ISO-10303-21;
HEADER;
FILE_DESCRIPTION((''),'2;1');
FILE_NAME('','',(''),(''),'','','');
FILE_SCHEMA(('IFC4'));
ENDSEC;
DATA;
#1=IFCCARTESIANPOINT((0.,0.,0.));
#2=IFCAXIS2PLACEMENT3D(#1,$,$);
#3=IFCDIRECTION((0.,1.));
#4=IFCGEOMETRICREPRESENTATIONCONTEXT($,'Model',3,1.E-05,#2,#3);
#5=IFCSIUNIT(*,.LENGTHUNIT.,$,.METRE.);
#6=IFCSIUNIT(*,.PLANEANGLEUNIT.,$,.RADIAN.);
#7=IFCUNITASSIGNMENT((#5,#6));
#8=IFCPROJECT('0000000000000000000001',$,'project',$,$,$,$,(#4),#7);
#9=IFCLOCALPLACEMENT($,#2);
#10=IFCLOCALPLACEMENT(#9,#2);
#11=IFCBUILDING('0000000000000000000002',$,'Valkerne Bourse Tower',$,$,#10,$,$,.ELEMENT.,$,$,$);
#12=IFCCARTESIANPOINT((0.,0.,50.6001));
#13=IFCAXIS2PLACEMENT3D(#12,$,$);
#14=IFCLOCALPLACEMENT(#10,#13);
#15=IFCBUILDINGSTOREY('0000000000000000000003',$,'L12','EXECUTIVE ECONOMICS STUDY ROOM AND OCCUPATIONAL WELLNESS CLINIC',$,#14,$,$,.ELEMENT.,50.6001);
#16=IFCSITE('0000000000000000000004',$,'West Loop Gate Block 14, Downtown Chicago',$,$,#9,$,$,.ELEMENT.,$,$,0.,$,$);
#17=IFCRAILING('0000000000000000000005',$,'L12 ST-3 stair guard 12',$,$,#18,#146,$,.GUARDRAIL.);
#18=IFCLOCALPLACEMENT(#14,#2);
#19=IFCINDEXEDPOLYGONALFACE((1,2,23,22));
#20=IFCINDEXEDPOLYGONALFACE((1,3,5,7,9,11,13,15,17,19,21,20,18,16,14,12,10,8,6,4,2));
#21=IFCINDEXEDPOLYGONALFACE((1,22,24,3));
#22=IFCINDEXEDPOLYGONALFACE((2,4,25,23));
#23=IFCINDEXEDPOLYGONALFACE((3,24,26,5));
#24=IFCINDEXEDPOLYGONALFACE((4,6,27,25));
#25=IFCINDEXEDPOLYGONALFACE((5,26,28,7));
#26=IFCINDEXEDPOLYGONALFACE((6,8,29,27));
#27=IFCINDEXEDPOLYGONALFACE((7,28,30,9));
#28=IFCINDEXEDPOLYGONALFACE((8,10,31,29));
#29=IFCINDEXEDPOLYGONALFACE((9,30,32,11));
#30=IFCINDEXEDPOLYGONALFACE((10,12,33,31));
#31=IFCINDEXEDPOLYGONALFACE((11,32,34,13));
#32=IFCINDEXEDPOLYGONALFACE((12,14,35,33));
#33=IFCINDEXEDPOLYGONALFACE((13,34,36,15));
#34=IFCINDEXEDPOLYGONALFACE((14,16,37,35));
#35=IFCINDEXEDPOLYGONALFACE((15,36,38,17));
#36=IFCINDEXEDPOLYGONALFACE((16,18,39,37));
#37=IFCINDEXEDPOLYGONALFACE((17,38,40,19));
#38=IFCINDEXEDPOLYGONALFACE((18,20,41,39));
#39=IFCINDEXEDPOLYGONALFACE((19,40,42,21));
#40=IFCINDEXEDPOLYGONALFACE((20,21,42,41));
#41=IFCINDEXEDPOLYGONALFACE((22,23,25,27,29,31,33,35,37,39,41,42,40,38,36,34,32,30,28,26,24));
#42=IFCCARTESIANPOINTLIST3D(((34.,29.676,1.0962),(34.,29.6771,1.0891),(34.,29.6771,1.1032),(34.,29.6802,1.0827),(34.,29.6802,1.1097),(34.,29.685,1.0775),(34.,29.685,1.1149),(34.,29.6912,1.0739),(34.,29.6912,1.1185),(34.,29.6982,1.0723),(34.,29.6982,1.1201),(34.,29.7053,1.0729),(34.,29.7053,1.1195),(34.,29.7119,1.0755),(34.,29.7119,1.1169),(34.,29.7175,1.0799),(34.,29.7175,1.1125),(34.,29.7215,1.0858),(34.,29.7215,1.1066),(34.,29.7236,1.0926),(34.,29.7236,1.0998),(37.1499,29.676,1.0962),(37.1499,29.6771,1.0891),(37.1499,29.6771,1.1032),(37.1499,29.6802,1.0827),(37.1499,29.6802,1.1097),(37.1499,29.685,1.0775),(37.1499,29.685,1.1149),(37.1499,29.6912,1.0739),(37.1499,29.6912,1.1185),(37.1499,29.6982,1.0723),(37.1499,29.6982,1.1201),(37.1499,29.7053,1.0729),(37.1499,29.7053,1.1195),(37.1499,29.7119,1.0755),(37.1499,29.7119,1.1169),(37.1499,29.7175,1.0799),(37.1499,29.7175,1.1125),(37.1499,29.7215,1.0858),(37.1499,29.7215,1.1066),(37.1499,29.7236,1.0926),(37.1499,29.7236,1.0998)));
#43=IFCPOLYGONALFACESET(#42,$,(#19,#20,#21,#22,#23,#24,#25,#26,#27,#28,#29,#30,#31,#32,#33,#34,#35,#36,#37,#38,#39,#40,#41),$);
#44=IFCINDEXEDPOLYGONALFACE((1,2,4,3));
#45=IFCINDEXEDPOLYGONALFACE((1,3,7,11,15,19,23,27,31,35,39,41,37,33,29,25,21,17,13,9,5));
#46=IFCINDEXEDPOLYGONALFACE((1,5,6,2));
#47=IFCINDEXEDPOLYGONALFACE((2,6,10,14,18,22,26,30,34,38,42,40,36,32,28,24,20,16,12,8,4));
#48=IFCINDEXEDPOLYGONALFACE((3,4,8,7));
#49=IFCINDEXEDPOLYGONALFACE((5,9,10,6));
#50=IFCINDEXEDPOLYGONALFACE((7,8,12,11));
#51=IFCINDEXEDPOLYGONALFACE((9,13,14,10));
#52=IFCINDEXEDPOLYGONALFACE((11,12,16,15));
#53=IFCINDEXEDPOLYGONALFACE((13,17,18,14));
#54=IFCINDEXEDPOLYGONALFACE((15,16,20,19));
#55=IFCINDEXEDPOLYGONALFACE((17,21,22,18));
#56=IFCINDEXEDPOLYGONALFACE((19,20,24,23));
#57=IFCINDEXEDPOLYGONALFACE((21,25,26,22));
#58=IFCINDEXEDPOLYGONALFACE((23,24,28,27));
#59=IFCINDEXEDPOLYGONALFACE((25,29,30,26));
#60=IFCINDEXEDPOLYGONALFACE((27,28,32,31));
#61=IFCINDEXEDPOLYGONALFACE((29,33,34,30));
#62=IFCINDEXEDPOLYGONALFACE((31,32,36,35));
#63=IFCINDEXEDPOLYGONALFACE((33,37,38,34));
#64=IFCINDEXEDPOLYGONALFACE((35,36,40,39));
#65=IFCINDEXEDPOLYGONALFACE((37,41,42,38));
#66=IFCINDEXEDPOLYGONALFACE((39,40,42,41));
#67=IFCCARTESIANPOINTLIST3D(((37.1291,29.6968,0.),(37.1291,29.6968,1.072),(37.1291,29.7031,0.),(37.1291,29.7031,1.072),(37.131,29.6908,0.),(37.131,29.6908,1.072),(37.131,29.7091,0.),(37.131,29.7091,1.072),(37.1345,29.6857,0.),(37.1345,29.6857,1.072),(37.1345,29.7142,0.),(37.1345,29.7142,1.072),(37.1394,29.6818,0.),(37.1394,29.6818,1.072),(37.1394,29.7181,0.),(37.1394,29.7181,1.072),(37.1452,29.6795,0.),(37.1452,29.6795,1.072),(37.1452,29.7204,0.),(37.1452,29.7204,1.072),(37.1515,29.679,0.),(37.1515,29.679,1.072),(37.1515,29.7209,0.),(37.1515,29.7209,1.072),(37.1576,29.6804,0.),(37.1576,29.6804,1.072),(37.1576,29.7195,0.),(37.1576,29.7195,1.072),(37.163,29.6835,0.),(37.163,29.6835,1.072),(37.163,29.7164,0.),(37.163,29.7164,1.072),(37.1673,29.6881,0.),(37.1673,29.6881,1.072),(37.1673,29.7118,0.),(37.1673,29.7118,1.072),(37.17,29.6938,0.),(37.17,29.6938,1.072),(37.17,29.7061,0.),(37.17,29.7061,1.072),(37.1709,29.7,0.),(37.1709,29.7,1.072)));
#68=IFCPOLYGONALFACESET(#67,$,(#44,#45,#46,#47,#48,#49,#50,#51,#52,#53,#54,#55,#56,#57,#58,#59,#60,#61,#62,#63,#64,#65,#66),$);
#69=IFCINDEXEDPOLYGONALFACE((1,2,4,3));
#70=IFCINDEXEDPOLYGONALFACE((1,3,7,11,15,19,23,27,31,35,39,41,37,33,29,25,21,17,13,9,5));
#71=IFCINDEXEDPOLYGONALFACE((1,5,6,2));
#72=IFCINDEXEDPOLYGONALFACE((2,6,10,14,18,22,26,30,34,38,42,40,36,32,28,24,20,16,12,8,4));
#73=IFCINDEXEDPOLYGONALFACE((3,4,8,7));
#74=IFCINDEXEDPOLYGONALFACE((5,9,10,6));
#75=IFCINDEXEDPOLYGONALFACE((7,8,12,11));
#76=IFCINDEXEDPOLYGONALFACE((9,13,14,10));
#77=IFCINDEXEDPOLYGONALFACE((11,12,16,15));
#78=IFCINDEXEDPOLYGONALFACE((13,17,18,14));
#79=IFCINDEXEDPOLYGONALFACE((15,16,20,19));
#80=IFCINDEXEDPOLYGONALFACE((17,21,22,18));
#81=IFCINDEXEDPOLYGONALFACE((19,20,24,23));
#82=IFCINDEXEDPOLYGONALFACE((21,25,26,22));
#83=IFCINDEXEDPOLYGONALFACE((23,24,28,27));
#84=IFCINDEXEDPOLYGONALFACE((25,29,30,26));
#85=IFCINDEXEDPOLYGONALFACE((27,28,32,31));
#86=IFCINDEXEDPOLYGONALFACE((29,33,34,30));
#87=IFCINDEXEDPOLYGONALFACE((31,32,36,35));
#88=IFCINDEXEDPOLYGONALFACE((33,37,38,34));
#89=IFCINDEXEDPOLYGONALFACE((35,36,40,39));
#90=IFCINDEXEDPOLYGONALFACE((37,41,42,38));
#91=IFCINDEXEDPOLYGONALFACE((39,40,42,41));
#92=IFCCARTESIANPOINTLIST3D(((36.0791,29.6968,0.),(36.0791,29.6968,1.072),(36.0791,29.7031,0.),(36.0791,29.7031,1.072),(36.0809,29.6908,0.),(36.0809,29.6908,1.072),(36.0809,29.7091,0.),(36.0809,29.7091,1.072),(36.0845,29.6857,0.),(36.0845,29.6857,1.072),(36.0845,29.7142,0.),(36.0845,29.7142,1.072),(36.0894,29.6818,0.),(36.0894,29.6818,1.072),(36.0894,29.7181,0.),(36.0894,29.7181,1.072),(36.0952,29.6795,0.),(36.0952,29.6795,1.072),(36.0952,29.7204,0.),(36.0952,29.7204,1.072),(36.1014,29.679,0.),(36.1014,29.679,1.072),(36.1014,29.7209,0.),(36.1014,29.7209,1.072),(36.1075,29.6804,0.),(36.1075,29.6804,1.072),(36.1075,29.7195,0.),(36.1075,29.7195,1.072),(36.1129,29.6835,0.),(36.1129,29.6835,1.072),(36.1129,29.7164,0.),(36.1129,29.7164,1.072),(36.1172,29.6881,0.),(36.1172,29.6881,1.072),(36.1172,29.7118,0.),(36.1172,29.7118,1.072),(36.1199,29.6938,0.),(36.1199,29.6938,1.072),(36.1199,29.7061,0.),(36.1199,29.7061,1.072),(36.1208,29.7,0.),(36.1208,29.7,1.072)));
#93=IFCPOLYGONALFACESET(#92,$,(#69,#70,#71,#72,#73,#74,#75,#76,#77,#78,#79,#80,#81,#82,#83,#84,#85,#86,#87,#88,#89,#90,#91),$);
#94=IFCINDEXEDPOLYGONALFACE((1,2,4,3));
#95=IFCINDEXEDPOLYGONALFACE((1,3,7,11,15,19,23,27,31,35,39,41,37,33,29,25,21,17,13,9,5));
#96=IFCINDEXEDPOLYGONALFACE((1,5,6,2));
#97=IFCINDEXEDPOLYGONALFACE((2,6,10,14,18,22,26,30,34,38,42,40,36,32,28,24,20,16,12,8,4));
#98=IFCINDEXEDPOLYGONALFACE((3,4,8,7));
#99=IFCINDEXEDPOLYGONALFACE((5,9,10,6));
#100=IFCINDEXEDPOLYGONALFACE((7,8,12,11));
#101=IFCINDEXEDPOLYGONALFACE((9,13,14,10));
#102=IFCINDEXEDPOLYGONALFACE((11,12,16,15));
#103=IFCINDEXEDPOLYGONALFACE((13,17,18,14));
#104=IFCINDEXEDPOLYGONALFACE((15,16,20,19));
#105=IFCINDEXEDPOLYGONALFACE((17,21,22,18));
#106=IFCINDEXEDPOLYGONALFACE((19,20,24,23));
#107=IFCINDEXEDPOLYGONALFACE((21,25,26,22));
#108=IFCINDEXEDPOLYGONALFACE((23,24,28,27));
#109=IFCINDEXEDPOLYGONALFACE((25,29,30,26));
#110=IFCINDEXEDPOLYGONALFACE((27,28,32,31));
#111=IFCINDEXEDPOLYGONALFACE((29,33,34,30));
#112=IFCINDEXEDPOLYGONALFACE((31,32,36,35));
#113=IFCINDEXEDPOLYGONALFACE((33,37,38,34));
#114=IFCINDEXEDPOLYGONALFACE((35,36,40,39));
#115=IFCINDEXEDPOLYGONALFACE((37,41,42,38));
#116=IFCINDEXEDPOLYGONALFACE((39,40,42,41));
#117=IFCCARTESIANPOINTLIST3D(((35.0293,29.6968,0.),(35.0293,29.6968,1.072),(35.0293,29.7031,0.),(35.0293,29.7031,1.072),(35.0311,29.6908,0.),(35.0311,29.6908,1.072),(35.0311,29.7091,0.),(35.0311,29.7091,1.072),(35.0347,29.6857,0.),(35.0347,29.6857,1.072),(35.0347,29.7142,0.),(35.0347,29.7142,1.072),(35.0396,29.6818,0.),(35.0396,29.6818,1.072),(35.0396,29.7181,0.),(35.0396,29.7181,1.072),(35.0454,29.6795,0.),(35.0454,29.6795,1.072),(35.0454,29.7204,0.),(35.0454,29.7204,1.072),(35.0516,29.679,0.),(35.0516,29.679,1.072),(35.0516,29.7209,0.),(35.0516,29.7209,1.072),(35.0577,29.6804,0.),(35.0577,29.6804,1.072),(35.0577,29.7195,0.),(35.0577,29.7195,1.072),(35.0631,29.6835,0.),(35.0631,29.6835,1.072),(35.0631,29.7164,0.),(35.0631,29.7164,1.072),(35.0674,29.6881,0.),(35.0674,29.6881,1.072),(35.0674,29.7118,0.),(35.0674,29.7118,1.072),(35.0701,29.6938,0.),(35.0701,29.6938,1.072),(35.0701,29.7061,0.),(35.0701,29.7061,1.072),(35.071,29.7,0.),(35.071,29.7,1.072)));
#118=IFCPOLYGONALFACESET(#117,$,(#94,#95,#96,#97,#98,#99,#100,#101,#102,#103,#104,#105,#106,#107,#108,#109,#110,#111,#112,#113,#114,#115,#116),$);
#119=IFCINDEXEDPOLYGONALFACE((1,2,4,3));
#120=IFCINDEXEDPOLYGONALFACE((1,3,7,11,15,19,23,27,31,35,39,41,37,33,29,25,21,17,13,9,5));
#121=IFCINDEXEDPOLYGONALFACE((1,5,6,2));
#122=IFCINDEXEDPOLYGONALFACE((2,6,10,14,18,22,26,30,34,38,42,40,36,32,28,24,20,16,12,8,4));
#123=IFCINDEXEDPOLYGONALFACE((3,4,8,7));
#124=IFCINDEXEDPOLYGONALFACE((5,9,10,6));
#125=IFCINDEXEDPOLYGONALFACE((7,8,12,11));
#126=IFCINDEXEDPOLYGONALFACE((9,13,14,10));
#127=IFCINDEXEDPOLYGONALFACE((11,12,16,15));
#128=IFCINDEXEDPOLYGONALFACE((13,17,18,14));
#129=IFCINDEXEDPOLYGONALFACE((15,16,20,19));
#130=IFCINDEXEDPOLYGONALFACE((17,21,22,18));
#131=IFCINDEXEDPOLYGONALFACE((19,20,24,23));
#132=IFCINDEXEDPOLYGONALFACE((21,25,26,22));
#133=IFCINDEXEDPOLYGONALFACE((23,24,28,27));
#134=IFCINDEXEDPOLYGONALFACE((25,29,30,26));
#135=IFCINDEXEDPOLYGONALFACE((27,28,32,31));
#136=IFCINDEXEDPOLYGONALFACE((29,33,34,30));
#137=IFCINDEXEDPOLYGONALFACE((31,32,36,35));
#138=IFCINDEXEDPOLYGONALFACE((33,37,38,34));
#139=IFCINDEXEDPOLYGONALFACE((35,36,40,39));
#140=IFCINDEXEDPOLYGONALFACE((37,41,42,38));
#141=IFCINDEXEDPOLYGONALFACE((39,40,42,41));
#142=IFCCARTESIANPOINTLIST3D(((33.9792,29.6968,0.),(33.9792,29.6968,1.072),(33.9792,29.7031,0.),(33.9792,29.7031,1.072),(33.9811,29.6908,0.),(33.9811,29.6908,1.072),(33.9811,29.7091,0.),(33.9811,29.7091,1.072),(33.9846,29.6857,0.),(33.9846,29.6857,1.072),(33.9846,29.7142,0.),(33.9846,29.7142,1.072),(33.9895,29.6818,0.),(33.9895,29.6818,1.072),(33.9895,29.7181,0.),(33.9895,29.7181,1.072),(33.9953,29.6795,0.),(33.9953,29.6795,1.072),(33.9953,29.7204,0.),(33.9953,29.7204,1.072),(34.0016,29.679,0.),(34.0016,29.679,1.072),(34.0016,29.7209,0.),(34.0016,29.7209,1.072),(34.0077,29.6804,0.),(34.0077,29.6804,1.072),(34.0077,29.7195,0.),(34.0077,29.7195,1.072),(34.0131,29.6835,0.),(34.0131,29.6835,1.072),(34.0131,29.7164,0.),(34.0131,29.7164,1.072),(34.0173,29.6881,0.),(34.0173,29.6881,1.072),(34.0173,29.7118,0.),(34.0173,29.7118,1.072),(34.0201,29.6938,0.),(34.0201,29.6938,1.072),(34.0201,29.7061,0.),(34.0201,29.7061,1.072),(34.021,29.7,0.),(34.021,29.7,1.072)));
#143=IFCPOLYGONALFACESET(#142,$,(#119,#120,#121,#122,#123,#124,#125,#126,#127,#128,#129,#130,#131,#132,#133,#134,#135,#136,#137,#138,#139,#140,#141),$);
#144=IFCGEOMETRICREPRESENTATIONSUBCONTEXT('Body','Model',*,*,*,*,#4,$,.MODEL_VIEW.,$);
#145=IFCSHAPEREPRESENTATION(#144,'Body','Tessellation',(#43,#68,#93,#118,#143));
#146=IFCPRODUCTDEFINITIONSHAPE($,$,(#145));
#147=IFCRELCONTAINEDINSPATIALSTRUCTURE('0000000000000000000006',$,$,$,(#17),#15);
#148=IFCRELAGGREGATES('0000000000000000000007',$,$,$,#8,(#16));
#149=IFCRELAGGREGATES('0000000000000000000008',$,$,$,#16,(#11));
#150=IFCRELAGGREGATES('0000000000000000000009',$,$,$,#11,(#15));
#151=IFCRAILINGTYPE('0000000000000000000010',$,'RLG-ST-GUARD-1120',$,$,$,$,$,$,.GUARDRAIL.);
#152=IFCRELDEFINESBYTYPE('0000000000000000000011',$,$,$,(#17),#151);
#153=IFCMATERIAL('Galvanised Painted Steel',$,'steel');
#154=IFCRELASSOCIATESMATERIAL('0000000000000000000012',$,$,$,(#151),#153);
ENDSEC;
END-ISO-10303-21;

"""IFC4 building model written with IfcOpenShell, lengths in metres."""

from ifc_helpers import new_model, si_unit, direction, frame, origin, origin_2d, place, context, subcontext, project, spatial, circle, extrude, material, type_object, element, save


model = new_model("IFC4")

# Units and contexts
model_context = context("Model", 3, precision=1e-05, world=origin(), true_north=direction((0.0, 1.0)))
body_context = subcontext(model_context, "Body", "Model", "MODEL_VIEW")
ifc_project = project(units=[si_unit("LENGTHUNIT", "METRE"), si_unit("PLANEANGLEUNIT", "RADIAN")], contexts=[model_context])

# Site, building, storey
site_placement = place(None, origin())
site = spatial("IfcSite", under=ifc_project, at=site_placement, Name="West Loop Gate Block 14, Downtown Chicago", CompositionType="ELEMENT", RefElevation=0.0)
building_placement = place(site_placement, origin())
building = spatial("IfcBuilding", under=site, at=building_placement, Name="Valkerne Bourse Tower", CompositionType="ELEMENT")
storey_placement = place(building_placement, frame((0.0, 0.0, 50.6001)))
storey = spatial("IfcBuildingStorey", under=building, at=storey_placement, Name="L12", Description="EXECUTIVE ECONOMICS STUDY ROOM AND OCCUPATIONAL WELLNESS CLINIC", CompositionType="ELEMENT", Elevation=50.6001)

# Shared definitions
ifc_material_1 = material(Name="Galvanised Painted Steel", Category="steel")

# Railing
railing_type_1 = type_object("IfcRailingType", Name="RLG-ST-GUARD-1120", PredefinedType="GUARDRAIL", material=ifc_material_1)
railing_1_placement = place(storey_placement, frame((37.1499, 29.7, 0.0)))
element("IfcRailing", 1, at=railing_1_placement, inside=storey, type_object=railing_type_1, Name="L12 ST-3 stair guard 12", PredefinedType="GUARDRAIL", context=body_context, shape_type="SweptSolid", body=[
    extrude(circle(Radius=0.0239, at=origin_2d()), frame((0.0, 0.0, 1.0962), z_axis=(-1.0, 0.0, 0.0), x_axis=(0.0, -1.0, 0.0)), (0.0, 0.0, 1.0), 3.1499),
    extrude(circle(Radius=0.021, at=origin_2d()), origin(), (0.0, 0.0, 1.0), 1.072),
    extrude(circle(Radius=0.021, at=origin_2d()), frame((-1.05, 0.0, 0.0)), (0.0, 0.0, 1.0), 1.072),
    extrude(circle(Radius=0.021, at=origin_2d()), frame((-2.0999, 0.0, 0.0)), (0.0, 0.0, 1.0), 1.072),
    extrude(circle(Radius=0.021, at=origin_2d()), frame((-3.1499, 0.0, 0.0)), (0.0, 0.0, 1.0), 1.072),
])

save(model, "model.ifc")
